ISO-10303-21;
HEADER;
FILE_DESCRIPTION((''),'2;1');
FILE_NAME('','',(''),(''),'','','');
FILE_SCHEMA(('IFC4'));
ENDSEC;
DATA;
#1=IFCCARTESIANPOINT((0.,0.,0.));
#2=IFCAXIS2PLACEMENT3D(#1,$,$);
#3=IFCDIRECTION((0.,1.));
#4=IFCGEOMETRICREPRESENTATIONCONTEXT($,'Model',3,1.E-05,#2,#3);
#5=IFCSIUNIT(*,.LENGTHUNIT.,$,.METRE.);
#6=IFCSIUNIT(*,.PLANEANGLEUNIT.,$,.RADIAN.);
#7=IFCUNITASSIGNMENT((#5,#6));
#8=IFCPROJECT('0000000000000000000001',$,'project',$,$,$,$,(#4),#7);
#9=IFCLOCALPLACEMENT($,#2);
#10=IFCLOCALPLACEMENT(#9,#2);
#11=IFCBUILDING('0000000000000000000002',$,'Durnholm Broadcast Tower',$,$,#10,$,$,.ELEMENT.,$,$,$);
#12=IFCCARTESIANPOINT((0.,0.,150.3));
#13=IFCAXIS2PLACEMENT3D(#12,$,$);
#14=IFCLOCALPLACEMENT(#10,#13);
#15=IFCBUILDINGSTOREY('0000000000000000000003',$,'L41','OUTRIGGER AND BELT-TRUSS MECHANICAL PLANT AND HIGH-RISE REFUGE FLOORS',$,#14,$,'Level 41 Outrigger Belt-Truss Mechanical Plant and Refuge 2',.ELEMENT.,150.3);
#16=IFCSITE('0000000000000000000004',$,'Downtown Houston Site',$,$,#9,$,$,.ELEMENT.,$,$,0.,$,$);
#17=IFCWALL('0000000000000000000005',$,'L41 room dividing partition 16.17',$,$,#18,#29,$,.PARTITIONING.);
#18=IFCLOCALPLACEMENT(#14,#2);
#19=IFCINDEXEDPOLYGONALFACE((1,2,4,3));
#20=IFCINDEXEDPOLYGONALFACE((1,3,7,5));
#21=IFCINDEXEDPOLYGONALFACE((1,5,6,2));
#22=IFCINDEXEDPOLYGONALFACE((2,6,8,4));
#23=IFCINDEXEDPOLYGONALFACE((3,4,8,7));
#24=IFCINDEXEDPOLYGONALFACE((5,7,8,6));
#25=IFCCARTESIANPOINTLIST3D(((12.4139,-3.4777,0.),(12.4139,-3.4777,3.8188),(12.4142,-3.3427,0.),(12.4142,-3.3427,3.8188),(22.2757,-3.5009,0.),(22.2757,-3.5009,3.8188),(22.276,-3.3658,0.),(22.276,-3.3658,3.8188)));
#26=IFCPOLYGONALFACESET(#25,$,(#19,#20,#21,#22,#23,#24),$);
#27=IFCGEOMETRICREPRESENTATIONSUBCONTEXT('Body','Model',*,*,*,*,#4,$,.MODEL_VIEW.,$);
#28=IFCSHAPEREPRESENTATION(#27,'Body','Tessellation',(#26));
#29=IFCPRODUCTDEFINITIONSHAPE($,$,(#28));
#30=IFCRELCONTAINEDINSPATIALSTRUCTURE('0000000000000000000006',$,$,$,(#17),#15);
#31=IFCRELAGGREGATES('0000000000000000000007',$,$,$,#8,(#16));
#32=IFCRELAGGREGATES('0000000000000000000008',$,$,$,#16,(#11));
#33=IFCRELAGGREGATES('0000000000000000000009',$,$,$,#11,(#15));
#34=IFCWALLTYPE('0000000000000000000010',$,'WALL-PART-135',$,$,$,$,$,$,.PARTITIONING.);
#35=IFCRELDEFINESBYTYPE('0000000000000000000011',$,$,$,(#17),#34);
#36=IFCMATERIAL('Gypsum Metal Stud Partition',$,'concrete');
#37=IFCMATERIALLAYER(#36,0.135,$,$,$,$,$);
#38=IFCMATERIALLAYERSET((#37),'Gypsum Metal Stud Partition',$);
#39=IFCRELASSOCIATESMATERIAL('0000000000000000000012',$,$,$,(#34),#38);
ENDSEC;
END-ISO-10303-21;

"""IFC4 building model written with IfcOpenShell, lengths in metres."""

from ifc_helpers import new_model, si_unit, direction, frame, frame_2d, origin, place, context, subcontext, project, spatial, rectangle, extrude, material, layer, layer_set, type_object, element, save


model = new_model("IFC4")

# Units and contexts
model_context = context("Model", 3, precision=1e-05, world=origin(), true_north=direction((0.0, 1.0)))
body_context = subcontext(model_context, "Body", "Model", "MODEL_VIEW")
ifc_project = project(units=[si_unit("LENGTHUNIT", "METRE"), si_unit("PLANEANGLEUNIT", "RADIAN")], contexts=[model_context])

# Site, building, storey
site_placement = place(None, origin())
site = spatial("IfcSite", under=ifc_project, at=site_placement, Name="Downtown Houston Site", CompositionType="ELEMENT", RefElevation=0.0)
building_placement = place(site_placement, origin())
building = spatial("IfcBuilding", under=site, at=building_placement, Name="Durnholm Broadcast Tower", CompositionType="ELEMENT")
storey_placement = place(building_placement, frame((0.0, 0.0, 150.3)))
storey = spatial("IfcBuildingStorey", under=building, at=storey_placement, Name="L41", Description="OUTRIGGER AND BELT-TRUSS MECHANICAL PLANT AND HIGH-RISE REFUGE FLOORS", LongName="Level 41 Outrigger Belt-Truss Mechanical Plant and Refuge 2", CompositionType="ELEMENT", Elevation=150.3)

# Wall
ifc_material_1 = material(Name="Gypsum Metal Stud Partition", Category="concrete")
ifc_layer_1 = layer(ifc_material_1, 0.135)
ifc_layer_set_1 = layer_set([ifc_layer_1], Name="Gypsum Metal Stud Partition")
wall_type_1 = type_object("IfcWallType", Name="WALL-PART-135", PredefinedType="PARTITIONING", material=ifc_layer_set_1)
wall_1_placement = place(storey_placement, frame((12.4141, -3.4102, 0.0), z_axis=(0.0, 0.0, 1.0), x_axis=(0.999997, -0.002352, 0.0)))
element("IfcWall", 1, at=wall_1_placement, inside=storey, type_object=wall_type_1, Name="L41 room dividing partition 16.17", PredefinedType="PARTITIONING", context=body_context, shape_type="SweptSolid", body=[
    extrude(rectangle(XDim=9.8618, YDim=0.135, at=frame_2d((4.9309, 0.0))), origin(), (0.0, 0.0, 1.0), 3.8188),
])

save(model, "model.ifc")
